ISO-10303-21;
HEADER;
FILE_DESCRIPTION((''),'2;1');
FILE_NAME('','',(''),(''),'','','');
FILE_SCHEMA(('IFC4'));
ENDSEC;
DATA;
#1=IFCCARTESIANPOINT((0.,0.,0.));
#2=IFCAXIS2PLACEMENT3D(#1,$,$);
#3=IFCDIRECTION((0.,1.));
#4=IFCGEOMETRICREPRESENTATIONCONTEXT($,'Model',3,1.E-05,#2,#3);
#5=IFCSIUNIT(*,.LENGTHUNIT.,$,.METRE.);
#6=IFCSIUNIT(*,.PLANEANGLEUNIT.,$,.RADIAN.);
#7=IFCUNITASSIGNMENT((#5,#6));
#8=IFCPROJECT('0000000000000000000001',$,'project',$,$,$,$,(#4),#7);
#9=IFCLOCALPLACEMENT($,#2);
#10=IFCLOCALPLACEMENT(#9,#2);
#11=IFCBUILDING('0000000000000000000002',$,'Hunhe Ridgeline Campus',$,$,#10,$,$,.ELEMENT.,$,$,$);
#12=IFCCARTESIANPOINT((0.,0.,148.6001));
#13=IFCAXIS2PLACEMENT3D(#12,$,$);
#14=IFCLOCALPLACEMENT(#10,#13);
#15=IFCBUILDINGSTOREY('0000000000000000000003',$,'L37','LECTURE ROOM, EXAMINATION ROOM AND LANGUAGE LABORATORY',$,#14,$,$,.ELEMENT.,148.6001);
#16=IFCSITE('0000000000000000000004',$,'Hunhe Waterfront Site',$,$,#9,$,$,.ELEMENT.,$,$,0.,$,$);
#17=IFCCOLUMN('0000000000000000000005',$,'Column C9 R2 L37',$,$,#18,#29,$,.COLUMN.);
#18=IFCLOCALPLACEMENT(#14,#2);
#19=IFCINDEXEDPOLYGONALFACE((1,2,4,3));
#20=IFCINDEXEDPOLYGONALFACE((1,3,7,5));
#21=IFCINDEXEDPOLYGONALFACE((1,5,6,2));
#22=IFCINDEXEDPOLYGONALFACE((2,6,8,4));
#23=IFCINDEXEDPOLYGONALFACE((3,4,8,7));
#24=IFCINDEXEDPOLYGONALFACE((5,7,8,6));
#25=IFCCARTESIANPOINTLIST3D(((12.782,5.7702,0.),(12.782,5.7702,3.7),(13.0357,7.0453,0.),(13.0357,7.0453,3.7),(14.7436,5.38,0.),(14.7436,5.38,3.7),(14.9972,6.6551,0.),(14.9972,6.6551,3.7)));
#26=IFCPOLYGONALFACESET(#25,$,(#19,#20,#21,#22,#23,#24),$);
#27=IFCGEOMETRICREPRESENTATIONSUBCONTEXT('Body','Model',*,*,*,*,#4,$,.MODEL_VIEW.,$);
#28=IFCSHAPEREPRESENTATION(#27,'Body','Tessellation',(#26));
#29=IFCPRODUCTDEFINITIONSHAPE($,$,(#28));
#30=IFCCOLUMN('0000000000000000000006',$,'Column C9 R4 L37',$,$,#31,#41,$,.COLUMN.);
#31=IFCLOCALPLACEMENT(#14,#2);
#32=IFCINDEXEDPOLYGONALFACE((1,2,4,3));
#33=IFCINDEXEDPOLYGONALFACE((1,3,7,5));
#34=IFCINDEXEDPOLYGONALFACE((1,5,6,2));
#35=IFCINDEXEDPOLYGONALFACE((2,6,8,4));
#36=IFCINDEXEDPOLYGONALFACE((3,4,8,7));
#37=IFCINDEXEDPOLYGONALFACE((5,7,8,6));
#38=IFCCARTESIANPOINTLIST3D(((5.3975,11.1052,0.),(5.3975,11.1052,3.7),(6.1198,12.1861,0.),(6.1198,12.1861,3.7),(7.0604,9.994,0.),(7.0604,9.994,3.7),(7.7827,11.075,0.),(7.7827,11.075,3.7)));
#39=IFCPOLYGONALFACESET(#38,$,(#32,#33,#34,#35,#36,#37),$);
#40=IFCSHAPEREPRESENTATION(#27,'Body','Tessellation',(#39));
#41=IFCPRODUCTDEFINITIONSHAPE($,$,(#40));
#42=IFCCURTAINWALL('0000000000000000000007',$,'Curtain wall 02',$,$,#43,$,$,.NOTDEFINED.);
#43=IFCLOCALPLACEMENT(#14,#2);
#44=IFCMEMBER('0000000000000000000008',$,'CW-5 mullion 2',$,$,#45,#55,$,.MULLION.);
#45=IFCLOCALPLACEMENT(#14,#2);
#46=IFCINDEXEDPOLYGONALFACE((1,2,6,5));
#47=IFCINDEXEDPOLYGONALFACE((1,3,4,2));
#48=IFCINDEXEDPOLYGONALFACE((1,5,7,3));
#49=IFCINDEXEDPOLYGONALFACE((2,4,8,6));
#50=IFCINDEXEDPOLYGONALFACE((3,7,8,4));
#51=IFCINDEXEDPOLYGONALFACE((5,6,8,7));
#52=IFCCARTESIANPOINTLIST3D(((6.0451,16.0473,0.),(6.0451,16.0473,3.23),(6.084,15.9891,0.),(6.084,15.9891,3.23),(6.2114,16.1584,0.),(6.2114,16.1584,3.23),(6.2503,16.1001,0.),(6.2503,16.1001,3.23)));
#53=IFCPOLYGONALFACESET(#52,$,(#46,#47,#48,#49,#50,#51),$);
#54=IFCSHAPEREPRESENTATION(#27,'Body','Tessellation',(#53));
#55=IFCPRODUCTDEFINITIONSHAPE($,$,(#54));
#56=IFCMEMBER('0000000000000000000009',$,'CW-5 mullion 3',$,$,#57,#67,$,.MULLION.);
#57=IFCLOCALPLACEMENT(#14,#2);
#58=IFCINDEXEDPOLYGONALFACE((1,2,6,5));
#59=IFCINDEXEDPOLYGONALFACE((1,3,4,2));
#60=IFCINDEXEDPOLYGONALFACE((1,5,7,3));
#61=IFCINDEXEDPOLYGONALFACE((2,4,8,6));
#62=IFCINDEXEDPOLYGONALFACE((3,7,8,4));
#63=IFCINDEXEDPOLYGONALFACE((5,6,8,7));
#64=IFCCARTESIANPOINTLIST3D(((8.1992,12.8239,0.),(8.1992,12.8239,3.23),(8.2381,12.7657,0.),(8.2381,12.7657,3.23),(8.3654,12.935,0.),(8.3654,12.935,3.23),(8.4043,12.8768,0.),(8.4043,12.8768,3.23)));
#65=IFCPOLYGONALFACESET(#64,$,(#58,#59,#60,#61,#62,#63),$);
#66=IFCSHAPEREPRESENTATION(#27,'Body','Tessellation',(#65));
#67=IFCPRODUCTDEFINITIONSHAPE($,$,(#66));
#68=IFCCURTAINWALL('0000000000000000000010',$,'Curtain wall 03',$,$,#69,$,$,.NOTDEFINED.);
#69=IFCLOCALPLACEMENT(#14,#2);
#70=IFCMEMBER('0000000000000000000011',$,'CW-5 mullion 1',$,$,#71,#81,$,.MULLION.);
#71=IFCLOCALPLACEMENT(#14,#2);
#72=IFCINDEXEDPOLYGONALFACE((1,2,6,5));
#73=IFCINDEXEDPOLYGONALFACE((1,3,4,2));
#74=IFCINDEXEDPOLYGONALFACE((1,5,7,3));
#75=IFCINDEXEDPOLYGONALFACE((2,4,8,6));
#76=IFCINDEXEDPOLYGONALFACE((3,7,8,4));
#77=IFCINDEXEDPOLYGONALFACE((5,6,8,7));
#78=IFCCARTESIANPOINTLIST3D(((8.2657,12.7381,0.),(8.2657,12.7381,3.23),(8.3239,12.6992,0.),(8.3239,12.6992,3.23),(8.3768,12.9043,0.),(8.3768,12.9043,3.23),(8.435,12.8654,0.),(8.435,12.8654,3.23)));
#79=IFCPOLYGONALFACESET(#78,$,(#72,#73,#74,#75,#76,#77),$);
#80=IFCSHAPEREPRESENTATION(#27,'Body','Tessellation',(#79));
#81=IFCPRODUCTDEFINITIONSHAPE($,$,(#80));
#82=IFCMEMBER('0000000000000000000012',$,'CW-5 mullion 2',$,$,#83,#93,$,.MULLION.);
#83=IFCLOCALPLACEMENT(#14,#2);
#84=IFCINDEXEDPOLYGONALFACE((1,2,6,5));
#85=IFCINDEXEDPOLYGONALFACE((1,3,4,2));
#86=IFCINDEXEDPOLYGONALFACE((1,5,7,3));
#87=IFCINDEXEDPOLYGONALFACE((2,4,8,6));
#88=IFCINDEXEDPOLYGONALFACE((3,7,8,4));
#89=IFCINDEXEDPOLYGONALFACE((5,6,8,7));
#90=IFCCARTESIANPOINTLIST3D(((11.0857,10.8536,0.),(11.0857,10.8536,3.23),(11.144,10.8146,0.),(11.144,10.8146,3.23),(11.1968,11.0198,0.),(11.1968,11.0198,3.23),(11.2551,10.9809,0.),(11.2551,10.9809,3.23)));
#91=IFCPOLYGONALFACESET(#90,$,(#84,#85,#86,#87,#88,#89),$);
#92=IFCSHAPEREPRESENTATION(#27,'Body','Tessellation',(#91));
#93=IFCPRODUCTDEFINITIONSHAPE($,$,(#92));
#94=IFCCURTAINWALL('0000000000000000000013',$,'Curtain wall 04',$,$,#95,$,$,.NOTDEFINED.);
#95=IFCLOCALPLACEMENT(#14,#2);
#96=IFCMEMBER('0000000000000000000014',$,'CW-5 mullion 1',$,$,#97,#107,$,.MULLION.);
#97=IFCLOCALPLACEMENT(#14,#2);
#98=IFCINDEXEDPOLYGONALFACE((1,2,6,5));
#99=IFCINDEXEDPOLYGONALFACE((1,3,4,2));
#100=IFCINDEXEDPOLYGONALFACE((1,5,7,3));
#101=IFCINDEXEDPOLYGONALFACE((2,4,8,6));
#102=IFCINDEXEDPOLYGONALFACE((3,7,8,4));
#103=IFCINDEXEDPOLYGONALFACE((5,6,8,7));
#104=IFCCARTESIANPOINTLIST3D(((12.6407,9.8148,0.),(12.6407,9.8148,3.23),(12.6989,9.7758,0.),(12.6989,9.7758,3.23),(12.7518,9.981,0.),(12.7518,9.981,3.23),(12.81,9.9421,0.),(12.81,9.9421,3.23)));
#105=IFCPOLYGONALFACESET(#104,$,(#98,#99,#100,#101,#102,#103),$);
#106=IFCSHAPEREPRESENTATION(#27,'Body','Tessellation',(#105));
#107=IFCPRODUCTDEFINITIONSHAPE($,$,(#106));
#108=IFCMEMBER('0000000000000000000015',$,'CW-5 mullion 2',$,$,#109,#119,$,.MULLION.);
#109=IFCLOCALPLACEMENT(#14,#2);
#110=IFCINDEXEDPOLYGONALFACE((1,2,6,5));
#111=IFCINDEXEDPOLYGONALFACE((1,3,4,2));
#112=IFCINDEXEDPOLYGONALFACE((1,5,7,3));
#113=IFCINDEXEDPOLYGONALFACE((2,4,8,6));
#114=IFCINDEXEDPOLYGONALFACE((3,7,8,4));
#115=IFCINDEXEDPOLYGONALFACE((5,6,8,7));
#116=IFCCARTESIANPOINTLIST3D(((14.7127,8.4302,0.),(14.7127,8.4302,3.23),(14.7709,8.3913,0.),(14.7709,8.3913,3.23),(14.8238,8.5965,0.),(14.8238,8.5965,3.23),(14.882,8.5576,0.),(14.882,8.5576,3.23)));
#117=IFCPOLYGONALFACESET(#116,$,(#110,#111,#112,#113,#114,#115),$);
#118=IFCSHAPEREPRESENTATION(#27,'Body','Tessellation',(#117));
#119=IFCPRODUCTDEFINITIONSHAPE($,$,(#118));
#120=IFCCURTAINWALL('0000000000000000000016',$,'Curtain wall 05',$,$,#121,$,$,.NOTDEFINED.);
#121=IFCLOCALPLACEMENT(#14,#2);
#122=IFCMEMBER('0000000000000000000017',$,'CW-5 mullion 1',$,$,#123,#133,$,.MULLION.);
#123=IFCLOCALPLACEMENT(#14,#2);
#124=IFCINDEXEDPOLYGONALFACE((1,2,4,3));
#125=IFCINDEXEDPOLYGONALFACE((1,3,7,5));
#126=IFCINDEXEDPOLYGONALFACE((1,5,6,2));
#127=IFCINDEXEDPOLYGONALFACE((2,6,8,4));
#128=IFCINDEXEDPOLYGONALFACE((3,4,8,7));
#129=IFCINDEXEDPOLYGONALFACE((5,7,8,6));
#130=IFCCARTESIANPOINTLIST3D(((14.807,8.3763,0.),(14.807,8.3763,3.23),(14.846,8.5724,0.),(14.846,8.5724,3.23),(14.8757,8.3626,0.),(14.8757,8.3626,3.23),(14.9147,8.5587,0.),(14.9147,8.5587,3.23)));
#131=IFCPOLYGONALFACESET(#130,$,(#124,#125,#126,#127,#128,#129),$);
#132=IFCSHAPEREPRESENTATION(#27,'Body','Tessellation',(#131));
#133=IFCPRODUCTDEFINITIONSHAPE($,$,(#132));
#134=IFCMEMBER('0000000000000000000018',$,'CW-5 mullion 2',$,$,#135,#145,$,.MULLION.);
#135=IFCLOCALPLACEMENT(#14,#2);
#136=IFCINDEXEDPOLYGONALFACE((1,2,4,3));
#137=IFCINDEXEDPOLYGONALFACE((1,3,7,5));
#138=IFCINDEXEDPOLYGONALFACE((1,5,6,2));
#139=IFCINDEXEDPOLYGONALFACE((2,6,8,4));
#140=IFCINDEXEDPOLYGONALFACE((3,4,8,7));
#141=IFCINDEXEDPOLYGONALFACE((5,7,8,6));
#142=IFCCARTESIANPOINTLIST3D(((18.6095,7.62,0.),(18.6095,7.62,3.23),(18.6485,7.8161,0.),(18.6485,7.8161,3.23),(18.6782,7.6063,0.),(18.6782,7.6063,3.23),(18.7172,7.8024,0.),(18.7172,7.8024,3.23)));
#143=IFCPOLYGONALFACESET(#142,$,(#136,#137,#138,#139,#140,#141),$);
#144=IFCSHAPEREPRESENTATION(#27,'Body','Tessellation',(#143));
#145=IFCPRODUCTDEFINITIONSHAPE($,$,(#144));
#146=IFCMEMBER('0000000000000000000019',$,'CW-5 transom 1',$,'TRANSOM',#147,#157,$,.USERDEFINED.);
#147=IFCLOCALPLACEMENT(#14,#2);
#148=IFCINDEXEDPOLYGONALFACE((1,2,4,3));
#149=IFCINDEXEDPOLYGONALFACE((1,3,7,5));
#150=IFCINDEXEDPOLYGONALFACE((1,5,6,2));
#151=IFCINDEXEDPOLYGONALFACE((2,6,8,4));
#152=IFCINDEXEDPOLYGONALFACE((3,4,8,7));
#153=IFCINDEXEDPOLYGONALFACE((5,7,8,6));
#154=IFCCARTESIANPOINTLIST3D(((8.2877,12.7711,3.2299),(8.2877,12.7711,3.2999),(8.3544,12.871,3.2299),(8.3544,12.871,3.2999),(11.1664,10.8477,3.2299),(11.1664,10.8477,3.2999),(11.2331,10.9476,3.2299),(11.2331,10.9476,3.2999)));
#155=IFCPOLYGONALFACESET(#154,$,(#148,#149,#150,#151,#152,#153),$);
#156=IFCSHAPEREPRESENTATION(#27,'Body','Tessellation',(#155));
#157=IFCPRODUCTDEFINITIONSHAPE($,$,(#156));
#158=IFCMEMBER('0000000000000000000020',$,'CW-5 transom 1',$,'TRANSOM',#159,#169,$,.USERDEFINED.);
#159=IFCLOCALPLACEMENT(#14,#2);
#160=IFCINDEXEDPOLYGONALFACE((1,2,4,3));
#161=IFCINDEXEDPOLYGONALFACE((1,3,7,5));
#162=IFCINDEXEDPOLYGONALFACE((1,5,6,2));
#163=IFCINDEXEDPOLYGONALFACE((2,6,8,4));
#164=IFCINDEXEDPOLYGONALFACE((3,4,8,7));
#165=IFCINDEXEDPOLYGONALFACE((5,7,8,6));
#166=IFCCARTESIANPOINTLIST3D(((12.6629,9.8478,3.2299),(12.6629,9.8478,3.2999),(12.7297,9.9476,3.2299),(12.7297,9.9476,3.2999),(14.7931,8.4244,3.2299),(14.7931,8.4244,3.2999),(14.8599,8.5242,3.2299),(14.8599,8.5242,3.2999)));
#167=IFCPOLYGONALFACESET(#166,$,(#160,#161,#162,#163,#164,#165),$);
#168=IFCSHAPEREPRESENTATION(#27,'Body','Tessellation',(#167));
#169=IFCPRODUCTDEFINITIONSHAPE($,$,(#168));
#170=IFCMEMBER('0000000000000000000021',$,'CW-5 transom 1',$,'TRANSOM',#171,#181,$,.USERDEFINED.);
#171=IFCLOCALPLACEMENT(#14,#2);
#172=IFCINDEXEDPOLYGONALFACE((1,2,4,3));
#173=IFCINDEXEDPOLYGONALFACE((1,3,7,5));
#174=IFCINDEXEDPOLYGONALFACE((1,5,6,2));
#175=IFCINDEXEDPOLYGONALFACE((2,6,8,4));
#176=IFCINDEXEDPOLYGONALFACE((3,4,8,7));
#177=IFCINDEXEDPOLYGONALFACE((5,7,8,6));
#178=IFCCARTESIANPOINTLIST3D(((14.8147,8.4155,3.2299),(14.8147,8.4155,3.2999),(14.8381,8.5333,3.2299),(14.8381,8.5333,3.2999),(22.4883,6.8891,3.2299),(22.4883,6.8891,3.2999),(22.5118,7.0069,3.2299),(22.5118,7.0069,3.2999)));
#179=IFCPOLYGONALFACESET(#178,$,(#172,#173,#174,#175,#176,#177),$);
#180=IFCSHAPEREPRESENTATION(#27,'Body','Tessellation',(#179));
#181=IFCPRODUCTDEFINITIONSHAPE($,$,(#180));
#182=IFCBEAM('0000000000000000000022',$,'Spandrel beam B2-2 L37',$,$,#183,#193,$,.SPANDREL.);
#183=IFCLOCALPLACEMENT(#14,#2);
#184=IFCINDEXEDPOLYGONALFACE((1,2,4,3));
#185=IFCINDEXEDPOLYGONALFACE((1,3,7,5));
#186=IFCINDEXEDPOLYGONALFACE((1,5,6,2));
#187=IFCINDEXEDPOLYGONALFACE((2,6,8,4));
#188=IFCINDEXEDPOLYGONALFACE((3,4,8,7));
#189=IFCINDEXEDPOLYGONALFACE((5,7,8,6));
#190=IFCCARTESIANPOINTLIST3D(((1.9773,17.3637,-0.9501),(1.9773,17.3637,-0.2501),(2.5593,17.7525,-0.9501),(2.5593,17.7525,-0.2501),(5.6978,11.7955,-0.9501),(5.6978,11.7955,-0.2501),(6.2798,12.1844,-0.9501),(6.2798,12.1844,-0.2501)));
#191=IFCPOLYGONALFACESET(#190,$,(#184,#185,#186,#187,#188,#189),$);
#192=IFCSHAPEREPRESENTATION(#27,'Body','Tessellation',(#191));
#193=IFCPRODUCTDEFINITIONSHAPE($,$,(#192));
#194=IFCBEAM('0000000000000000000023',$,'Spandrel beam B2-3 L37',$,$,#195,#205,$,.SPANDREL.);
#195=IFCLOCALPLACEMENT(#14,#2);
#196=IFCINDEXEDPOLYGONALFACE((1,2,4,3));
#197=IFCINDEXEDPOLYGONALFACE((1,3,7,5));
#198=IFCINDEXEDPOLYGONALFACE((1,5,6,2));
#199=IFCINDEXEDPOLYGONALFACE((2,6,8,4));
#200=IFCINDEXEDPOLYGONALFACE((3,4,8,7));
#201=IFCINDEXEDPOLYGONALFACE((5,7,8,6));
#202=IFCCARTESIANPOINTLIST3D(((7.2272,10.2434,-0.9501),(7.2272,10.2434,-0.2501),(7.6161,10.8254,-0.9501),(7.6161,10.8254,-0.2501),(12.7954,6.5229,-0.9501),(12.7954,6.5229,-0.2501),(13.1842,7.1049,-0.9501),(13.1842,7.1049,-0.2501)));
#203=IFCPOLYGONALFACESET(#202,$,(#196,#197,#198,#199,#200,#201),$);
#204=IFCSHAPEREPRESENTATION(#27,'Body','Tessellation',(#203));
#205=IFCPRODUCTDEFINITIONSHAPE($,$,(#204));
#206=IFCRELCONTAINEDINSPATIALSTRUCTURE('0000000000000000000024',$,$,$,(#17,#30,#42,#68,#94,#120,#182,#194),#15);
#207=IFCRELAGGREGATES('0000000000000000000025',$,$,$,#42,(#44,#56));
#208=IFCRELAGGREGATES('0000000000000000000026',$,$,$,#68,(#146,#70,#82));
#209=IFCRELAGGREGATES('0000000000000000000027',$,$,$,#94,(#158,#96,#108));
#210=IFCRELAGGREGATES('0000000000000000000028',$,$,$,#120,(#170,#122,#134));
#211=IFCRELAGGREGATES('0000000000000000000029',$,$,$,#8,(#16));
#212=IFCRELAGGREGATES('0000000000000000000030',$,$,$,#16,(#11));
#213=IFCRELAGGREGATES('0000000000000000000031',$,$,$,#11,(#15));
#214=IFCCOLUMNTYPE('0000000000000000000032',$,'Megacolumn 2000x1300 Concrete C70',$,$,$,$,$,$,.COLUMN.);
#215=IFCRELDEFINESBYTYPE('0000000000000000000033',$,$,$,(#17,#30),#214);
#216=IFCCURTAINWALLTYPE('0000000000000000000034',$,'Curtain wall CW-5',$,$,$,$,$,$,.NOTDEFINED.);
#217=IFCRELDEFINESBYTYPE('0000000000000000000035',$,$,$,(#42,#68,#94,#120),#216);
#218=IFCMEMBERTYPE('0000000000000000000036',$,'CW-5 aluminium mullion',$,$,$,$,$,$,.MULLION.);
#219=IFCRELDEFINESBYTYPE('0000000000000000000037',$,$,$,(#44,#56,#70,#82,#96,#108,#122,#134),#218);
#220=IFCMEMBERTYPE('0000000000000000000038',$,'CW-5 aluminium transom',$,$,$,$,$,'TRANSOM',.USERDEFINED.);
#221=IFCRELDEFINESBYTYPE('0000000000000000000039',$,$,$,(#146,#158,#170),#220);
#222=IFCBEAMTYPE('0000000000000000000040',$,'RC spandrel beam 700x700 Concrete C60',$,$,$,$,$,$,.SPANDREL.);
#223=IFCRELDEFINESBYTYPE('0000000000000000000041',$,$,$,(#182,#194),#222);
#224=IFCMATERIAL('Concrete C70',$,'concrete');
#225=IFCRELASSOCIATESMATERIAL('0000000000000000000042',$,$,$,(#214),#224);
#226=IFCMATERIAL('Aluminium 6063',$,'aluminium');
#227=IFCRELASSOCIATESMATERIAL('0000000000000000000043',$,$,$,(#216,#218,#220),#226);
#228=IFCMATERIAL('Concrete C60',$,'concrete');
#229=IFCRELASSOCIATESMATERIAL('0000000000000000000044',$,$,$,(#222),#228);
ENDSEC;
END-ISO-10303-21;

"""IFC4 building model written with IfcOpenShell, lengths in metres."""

from ifc_helpers import new_model, si_unit, direction, frame, origin, origin_2d, place, context, subcontext, project, spatial, rectangle, extrude, material, material_profile, profile_set, type_object, element, aggregate, save


model = new_model("IFC4")

# Units and contexts
model_context = context("Model", 3, precision=1e-05, world=origin(), true_north=direction((0.0, 1.0)))
body_context = subcontext(model_context, "Body", "Model", "MODEL_VIEW")
ifc_project = project(units=[si_unit("LENGTHUNIT", "METRE"), si_unit("PLANEANGLEUNIT", "RADIAN")], contexts=[model_context])

# Site, building, storey
site_placement = place(None, origin())
site = spatial("IfcSite", under=ifc_project, at=site_placement, Name="Hunhe Waterfront Site", CompositionType="ELEMENT", RefElevation=0.0)
building_placement = place(site_placement, origin())
building = spatial("IfcBuilding", under=site, at=building_placement, Name="Hunhe Ridgeline Campus", CompositionType="ELEMENT")
storey_placement = place(building_placement, frame((0.0, 0.0, 148.6001)))
storey = spatial("IfcBuildingStorey", under=building, at=storey_placement, Name="L37", Description="LECTURE ROOM, EXAMINATION ROOM AND LANGUAGE LABORATORY", CompositionType="ELEMENT", Elevation=148.6001)

# Columns
ifc_material_1 = material(Name="Concrete C70", Category="concrete")
ifc_material_profile_1 = material_profile(ifc_material_1, rectangle(XDim=2.0, YDim=1.3, at=origin_2d()))
ifc_profile_set_1 = profile_set([ifc_material_profile_1], Name="Concrete C70")
column_type = type_object("IfcColumnType", Name="Megacolumn 2000x1300 Concrete C70", PredefinedType="COLUMN", material=ifc_profile_set_1)
for number, where, z_axis, x_axis, name in (
    (1, (13.8896, 6.2126, 0.0), (0.0, 0.0, 1.0), (-0.980785, 0.19509, 0.0), "Column C9 R2 L37"),
    (2, (6.5901, 11.0901, 0.0), (0.0, 0.0, 1.0), (-0.83147, 0.55557, 0.0), "Column C9 R4 L37"),
):
    element("IfcColumn", number, at=place(storey_placement, frame(where, z_axis=z_axis, x_axis=x_axis)), inside=storey, type_object=column_type, Name=name, PredefinedType="COLUMN", context=body_context, shape_type="SweptSolid", body=[
        extrude(rectangle(XDim=2.0, YDim=1.3, at=origin_2d()), origin(), (0.0, 0.0, 1.0), 3.7),
    ])

# Curtain walls, members
ifc_material_2 = material(Name="Aluminium 6063", Category="aluminium")
curtain_wall_type = type_object("IfcCurtainWallType", Name="Curtain wall CW-5", PredefinedType="NOTDEFINED", material=ifc_material_2)
curtain_wall_1_placement = place(storey_placement, origin())
curtain_wall_1 = element("IfcCurtainWall", 3, at=curtain_wall_1_placement, inside=storey, type_object=curtain_wall_type, Name="Curtain wall 02", PredefinedType="NOTDEFINED")
ifc_material_profile_2 = material_profile(ifc_material_2, rectangle(XDim=0.2, YDim=0.0701, at=origin_2d()))
ifc_profile_set_2 = profile_set([ifc_material_profile_2], Name="Aluminium 6063")
member_type_1 = type_object("IfcMemberType", Name="CW-5 aluminium mullion", PredefinedType="MULLION", material=ifc_profile_set_2)
member_1_placement = place(storey_placement, frame((6.1477, 16.0737, 0.0), z_axis=(0.0, 0.0, 1.0), x_axis=(0.83147, 0.55557, 0.0)))
member_1 = element("IfcMember", 4, at=member_1_placement, type_object=member_type_1, Name="CW-5 mullion 2", PredefinedType="MULLION", context=body_context, shape_type="SweptSolid", body=[
    extrude(rectangle(XDim=0.2, YDim=0.0701, at=origin_2d()), origin(), (0.0, 0.0, 1.0), 3.23),
])
member_2_placement = place(storey_placement, frame((8.3018, 12.8503, 0.0), z_axis=(0.0, 0.0, 1.0), x_axis=(0.83147, 0.55557, 0.0)))
member_2 = element("IfcMember", 5, at=member_2_placement, type_object=member_type_1, Name="CW-5 mullion 3", PredefinedType="MULLION", context=body_context, shape_type="SweptSolid", body=[
    extrude(rectangle(XDim=0.2, YDim=0.0701, at=origin_2d()), origin(), (0.0, 0.0, 1.0), 3.23),
])
curtain_wall_2_placement = place(storey_placement, origin())
curtain_wall_2 = element("IfcCurtainWall", 6, at=curtain_wall_2_placement, inside=storey, type_object=curtain_wall_type, Name="Curtain wall 03", PredefinedType="NOTDEFINED")
member_3_placement = place(storey_placement, frame((8.3503, 12.8018, 0.0), z_axis=(0.0, 0.0, 1.0), x_axis=(0.55557, 0.83147, 0.0)))
member_3 = element("IfcMember", 7, at=member_3_placement, type_object=member_type_1, Name="CW-5 mullion 1", PredefinedType="MULLION", context=body_context, shape_type="SweptSolid", body=[
    extrude(rectangle(XDim=0.2, YDim=0.0701, at=origin_2d()), origin(), (0.0, 0.0, 1.0), 3.23),
])
member_4_placement = place(storey_placement, frame((11.1704, 10.9172, 0.0), z_axis=(0.0, 0.0, 1.0), x_axis=(0.55557, 0.83147, 0.0)))
member_4 = element("IfcMember", 8, at=member_4_placement, type_object=member_type_1, Name="CW-5 mullion 2", PredefinedType="MULLION", context=body_context, shape_type="SweptSolid", body=[
    extrude(rectangle(XDim=0.2, YDim=0.0701, at=origin_2d()), origin(), (0.0, 0.0, 1.0), 3.23),
])
curtain_wall_3_placement = place(storey_placement, origin())
curtain_wall_3 = element("IfcCurtainWall", 9, at=curtain_wall_3_placement, inside=storey, type_object=curtain_wall_type, Name="Curtain wall 04", PredefinedType="NOTDEFINED")
member_5_placement = place(storey_placement, frame((12.7253, 9.8784, 0.0), z_axis=(0.0, 0.0, 1.0), x_axis=(0.55557, 0.83147, 0.0)))
member_5 = element("IfcMember", 10, at=member_5_placement, type_object=member_type_1, Name="CW-5 mullion 1", PredefinedType="MULLION", context=body_context, shape_type="SweptSolid", body=[
    extrude(rectangle(XDim=0.2, YDim=0.0701, at=origin_2d()), origin(), (0.0, 0.0, 1.0), 3.23),
])
member_6_placement = place(storey_placement, frame((14.7974, 8.4939, 0.0), z_axis=(0.0, 0.0, 1.0), x_axis=(0.55557, 0.83147, 0.0)))
member_6 = element("IfcMember", 11, at=member_6_placement, type_object=member_type_1, Name="CW-5 mullion 2", PredefinedType="MULLION", context=body_context, shape_type="SweptSolid", body=[
    extrude(rectangle(XDim=0.2, YDim=0.0701, at=origin_2d()), origin(), (0.0, 0.0, 1.0), 3.23),
])
curtain_wall_4_placement = place(storey_placement, origin())
curtain_wall_4 = element("IfcCurtainWall", 12, at=curtain_wall_4_placement, inside=storey, type_object=curtain_wall_type, Name="Curtain wall 05", PredefinedType="NOTDEFINED")
member_7_placement = place(storey_placement, frame((14.8608, 8.4675, 0.0), z_axis=(0.0, 0.0, 1.0), x_axis=(0.19509, 0.980785, 0.0)))
member_7 = element("IfcMember", 13, at=member_7_placement, type_object=member_type_1, Name="CW-5 mullion 1", PredefinedType="MULLION", context=body_context, shape_type="SweptSolid", body=[
    extrude(rectangle(XDim=0.2, YDim=0.0701, at=origin_2d()), origin(), (0.0, 0.0, 1.0), 3.23),
])
member_8_placement = place(storey_placement, frame((18.6633, 7.7112, 0.0), z_axis=(0.0, 0.0, 1.0), x_axis=(0.19509, 0.980785, 0.0)))
member_8 = element("IfcMember", 14, at=member_8_placement, type_object=member_type_1, Name="CW-5 mullion 2", PredefinedType="MULLION", context=body_context, shape_type="SweptSolid", body=[
    extrude(rectangle(XDim=0.2, YDim=0.0701, at=origin_2d()), origin(), (0.0, 0.0, 1.0), 3.23),
])

# Members
ifc_material_profile_3 = material_profile(ifc_material_2, rectangle(XDim=0.1201, YDim=0.0701, at=origin_2d()))
ifc_profile_set_3 = profile_set([ifc_material_profile_3], Name="Aluminium 6063")
member_type_2 = type_object("IfcMemberType", Name="CW-5 aluminium transom", ElementType="TRANSOM", PredefinedType="USERDEFINED", material=ifc_profile_set_3)
member_9_placement = place(storey_placement, frame((8.321, 12.821, 3.2649), z_axis=(0.831486, -0.555546, 0.0), x_axis=(0.555546, 0.831486, 0.0)))
member_9 = element("IfcMember", 15, at=member_9_placement, type_object=member_type_2, Name="CW-5 transom 1", ObjectType="TRANSOM", PredefinedType="USERDEFINED", context=body_context, shape_type="SweptSolid", body=[
    extrude(rectangle(XDim=0.1201, YDim=0.0701, at=origin_2d()), origin(), (0.0, 0.0, 1.0), 3.4622),
])
member_10_placement = place(storey_placement, frame((12.6963, 9.8977, 3.2649), z_axis=(0.831463, -0.55558, 0.0), x_axis=(0.55558, 0.831463, 0.0)))
member_10 = element("IfcMember", 16, at=member_10_placement, type_object=member_type_2, Name="CW-5 transom 1", ObjectType="TRANSOM", PredefinedType="USERDEFINED", context=body_context, shape_type="SweptSolid", body=[
    extrude(rectangle(XDim=0.1201, YDim=0.0701, at=origin_2d()), origin(), (0.0, 0.0, 1.0), 2.562),
])
member_11_placement = place(storey_placement, frame((14.8264, 8.4744, 3.2649), z_axis=(0.980785, -0.19509, 0.0), x_axis=(0.19509, 0.980785, 0.0)))
member_11 = element("IfcMember", 17, at=member_11_placement, type_object=member_type_2, Name="CW-5 transom 1", ObjectType="TRANSOM", PredefinedType="USERDEFINED", context=body_context, shape_type="SweptSolid", body=[
    extrude(rectangle(XDim=0.1201, YDim=0.0701, at=origin_2d()), origin(), (0.0, 0.0, 1.0), 7.824),
])

# Beams
ifc_material_3 = material(Name="Concrete C60", Category="concrete")
ifc_material_profile_4 = material_profile(ifc_material_3, rectangle(XDim=0.7, YDim=0.7, at=origin_2d()))
ifc_profile_set_4 = profile_set([ifc_material_profile_4], Name="Concrete C60")
beam_type = type_object("IfcBeamType", Name="RC spandrel beam 700x700 Concrete C60", PredefinedType="SPANDREL", material=ifc_profile_set_4)
for number, where, z_axis, x_axis, name in (
    (18, (2.2683, 17.5581, -0.6001), (0.555566, -0.831472, 0.0), (0.831472, 0.555566, 0.0), "Spandrel beam B2-2 L37"),
    (19, (7.4216, 10.5344, -0.6001), (0.831472, -0.555566, 0.0), (0.555566, 0.831472, 0.0), "Spandrel beam B2-3 L37"),
):
    element("IfcBeam", number, at=place(storey_placement, frame(where, z_axis=z_axis, x_axis=x_axis)), inside=storey, type_object=beam_type, Name=name, PredefinedType="SPANDREL", context=body_context, shape_type="SweptSolid", body=[
        extrude(rectangle(XDim=0.7, YDim=0.7, at=origin_2d()), origin(), (0.0, 0.0, 1.0), 6.6968),
    ])

aggregate(curtain_wall_1, [member_1, member_2])
aggregate(curtain_wall_2, [member_9, member_3, member_4])
aggregate(curtain_wall_3, [member_10, member_5, member_6])
aggregate(curtain_wall_4, [member_11, member_7, member_8])

save(model, "model.ifc")
